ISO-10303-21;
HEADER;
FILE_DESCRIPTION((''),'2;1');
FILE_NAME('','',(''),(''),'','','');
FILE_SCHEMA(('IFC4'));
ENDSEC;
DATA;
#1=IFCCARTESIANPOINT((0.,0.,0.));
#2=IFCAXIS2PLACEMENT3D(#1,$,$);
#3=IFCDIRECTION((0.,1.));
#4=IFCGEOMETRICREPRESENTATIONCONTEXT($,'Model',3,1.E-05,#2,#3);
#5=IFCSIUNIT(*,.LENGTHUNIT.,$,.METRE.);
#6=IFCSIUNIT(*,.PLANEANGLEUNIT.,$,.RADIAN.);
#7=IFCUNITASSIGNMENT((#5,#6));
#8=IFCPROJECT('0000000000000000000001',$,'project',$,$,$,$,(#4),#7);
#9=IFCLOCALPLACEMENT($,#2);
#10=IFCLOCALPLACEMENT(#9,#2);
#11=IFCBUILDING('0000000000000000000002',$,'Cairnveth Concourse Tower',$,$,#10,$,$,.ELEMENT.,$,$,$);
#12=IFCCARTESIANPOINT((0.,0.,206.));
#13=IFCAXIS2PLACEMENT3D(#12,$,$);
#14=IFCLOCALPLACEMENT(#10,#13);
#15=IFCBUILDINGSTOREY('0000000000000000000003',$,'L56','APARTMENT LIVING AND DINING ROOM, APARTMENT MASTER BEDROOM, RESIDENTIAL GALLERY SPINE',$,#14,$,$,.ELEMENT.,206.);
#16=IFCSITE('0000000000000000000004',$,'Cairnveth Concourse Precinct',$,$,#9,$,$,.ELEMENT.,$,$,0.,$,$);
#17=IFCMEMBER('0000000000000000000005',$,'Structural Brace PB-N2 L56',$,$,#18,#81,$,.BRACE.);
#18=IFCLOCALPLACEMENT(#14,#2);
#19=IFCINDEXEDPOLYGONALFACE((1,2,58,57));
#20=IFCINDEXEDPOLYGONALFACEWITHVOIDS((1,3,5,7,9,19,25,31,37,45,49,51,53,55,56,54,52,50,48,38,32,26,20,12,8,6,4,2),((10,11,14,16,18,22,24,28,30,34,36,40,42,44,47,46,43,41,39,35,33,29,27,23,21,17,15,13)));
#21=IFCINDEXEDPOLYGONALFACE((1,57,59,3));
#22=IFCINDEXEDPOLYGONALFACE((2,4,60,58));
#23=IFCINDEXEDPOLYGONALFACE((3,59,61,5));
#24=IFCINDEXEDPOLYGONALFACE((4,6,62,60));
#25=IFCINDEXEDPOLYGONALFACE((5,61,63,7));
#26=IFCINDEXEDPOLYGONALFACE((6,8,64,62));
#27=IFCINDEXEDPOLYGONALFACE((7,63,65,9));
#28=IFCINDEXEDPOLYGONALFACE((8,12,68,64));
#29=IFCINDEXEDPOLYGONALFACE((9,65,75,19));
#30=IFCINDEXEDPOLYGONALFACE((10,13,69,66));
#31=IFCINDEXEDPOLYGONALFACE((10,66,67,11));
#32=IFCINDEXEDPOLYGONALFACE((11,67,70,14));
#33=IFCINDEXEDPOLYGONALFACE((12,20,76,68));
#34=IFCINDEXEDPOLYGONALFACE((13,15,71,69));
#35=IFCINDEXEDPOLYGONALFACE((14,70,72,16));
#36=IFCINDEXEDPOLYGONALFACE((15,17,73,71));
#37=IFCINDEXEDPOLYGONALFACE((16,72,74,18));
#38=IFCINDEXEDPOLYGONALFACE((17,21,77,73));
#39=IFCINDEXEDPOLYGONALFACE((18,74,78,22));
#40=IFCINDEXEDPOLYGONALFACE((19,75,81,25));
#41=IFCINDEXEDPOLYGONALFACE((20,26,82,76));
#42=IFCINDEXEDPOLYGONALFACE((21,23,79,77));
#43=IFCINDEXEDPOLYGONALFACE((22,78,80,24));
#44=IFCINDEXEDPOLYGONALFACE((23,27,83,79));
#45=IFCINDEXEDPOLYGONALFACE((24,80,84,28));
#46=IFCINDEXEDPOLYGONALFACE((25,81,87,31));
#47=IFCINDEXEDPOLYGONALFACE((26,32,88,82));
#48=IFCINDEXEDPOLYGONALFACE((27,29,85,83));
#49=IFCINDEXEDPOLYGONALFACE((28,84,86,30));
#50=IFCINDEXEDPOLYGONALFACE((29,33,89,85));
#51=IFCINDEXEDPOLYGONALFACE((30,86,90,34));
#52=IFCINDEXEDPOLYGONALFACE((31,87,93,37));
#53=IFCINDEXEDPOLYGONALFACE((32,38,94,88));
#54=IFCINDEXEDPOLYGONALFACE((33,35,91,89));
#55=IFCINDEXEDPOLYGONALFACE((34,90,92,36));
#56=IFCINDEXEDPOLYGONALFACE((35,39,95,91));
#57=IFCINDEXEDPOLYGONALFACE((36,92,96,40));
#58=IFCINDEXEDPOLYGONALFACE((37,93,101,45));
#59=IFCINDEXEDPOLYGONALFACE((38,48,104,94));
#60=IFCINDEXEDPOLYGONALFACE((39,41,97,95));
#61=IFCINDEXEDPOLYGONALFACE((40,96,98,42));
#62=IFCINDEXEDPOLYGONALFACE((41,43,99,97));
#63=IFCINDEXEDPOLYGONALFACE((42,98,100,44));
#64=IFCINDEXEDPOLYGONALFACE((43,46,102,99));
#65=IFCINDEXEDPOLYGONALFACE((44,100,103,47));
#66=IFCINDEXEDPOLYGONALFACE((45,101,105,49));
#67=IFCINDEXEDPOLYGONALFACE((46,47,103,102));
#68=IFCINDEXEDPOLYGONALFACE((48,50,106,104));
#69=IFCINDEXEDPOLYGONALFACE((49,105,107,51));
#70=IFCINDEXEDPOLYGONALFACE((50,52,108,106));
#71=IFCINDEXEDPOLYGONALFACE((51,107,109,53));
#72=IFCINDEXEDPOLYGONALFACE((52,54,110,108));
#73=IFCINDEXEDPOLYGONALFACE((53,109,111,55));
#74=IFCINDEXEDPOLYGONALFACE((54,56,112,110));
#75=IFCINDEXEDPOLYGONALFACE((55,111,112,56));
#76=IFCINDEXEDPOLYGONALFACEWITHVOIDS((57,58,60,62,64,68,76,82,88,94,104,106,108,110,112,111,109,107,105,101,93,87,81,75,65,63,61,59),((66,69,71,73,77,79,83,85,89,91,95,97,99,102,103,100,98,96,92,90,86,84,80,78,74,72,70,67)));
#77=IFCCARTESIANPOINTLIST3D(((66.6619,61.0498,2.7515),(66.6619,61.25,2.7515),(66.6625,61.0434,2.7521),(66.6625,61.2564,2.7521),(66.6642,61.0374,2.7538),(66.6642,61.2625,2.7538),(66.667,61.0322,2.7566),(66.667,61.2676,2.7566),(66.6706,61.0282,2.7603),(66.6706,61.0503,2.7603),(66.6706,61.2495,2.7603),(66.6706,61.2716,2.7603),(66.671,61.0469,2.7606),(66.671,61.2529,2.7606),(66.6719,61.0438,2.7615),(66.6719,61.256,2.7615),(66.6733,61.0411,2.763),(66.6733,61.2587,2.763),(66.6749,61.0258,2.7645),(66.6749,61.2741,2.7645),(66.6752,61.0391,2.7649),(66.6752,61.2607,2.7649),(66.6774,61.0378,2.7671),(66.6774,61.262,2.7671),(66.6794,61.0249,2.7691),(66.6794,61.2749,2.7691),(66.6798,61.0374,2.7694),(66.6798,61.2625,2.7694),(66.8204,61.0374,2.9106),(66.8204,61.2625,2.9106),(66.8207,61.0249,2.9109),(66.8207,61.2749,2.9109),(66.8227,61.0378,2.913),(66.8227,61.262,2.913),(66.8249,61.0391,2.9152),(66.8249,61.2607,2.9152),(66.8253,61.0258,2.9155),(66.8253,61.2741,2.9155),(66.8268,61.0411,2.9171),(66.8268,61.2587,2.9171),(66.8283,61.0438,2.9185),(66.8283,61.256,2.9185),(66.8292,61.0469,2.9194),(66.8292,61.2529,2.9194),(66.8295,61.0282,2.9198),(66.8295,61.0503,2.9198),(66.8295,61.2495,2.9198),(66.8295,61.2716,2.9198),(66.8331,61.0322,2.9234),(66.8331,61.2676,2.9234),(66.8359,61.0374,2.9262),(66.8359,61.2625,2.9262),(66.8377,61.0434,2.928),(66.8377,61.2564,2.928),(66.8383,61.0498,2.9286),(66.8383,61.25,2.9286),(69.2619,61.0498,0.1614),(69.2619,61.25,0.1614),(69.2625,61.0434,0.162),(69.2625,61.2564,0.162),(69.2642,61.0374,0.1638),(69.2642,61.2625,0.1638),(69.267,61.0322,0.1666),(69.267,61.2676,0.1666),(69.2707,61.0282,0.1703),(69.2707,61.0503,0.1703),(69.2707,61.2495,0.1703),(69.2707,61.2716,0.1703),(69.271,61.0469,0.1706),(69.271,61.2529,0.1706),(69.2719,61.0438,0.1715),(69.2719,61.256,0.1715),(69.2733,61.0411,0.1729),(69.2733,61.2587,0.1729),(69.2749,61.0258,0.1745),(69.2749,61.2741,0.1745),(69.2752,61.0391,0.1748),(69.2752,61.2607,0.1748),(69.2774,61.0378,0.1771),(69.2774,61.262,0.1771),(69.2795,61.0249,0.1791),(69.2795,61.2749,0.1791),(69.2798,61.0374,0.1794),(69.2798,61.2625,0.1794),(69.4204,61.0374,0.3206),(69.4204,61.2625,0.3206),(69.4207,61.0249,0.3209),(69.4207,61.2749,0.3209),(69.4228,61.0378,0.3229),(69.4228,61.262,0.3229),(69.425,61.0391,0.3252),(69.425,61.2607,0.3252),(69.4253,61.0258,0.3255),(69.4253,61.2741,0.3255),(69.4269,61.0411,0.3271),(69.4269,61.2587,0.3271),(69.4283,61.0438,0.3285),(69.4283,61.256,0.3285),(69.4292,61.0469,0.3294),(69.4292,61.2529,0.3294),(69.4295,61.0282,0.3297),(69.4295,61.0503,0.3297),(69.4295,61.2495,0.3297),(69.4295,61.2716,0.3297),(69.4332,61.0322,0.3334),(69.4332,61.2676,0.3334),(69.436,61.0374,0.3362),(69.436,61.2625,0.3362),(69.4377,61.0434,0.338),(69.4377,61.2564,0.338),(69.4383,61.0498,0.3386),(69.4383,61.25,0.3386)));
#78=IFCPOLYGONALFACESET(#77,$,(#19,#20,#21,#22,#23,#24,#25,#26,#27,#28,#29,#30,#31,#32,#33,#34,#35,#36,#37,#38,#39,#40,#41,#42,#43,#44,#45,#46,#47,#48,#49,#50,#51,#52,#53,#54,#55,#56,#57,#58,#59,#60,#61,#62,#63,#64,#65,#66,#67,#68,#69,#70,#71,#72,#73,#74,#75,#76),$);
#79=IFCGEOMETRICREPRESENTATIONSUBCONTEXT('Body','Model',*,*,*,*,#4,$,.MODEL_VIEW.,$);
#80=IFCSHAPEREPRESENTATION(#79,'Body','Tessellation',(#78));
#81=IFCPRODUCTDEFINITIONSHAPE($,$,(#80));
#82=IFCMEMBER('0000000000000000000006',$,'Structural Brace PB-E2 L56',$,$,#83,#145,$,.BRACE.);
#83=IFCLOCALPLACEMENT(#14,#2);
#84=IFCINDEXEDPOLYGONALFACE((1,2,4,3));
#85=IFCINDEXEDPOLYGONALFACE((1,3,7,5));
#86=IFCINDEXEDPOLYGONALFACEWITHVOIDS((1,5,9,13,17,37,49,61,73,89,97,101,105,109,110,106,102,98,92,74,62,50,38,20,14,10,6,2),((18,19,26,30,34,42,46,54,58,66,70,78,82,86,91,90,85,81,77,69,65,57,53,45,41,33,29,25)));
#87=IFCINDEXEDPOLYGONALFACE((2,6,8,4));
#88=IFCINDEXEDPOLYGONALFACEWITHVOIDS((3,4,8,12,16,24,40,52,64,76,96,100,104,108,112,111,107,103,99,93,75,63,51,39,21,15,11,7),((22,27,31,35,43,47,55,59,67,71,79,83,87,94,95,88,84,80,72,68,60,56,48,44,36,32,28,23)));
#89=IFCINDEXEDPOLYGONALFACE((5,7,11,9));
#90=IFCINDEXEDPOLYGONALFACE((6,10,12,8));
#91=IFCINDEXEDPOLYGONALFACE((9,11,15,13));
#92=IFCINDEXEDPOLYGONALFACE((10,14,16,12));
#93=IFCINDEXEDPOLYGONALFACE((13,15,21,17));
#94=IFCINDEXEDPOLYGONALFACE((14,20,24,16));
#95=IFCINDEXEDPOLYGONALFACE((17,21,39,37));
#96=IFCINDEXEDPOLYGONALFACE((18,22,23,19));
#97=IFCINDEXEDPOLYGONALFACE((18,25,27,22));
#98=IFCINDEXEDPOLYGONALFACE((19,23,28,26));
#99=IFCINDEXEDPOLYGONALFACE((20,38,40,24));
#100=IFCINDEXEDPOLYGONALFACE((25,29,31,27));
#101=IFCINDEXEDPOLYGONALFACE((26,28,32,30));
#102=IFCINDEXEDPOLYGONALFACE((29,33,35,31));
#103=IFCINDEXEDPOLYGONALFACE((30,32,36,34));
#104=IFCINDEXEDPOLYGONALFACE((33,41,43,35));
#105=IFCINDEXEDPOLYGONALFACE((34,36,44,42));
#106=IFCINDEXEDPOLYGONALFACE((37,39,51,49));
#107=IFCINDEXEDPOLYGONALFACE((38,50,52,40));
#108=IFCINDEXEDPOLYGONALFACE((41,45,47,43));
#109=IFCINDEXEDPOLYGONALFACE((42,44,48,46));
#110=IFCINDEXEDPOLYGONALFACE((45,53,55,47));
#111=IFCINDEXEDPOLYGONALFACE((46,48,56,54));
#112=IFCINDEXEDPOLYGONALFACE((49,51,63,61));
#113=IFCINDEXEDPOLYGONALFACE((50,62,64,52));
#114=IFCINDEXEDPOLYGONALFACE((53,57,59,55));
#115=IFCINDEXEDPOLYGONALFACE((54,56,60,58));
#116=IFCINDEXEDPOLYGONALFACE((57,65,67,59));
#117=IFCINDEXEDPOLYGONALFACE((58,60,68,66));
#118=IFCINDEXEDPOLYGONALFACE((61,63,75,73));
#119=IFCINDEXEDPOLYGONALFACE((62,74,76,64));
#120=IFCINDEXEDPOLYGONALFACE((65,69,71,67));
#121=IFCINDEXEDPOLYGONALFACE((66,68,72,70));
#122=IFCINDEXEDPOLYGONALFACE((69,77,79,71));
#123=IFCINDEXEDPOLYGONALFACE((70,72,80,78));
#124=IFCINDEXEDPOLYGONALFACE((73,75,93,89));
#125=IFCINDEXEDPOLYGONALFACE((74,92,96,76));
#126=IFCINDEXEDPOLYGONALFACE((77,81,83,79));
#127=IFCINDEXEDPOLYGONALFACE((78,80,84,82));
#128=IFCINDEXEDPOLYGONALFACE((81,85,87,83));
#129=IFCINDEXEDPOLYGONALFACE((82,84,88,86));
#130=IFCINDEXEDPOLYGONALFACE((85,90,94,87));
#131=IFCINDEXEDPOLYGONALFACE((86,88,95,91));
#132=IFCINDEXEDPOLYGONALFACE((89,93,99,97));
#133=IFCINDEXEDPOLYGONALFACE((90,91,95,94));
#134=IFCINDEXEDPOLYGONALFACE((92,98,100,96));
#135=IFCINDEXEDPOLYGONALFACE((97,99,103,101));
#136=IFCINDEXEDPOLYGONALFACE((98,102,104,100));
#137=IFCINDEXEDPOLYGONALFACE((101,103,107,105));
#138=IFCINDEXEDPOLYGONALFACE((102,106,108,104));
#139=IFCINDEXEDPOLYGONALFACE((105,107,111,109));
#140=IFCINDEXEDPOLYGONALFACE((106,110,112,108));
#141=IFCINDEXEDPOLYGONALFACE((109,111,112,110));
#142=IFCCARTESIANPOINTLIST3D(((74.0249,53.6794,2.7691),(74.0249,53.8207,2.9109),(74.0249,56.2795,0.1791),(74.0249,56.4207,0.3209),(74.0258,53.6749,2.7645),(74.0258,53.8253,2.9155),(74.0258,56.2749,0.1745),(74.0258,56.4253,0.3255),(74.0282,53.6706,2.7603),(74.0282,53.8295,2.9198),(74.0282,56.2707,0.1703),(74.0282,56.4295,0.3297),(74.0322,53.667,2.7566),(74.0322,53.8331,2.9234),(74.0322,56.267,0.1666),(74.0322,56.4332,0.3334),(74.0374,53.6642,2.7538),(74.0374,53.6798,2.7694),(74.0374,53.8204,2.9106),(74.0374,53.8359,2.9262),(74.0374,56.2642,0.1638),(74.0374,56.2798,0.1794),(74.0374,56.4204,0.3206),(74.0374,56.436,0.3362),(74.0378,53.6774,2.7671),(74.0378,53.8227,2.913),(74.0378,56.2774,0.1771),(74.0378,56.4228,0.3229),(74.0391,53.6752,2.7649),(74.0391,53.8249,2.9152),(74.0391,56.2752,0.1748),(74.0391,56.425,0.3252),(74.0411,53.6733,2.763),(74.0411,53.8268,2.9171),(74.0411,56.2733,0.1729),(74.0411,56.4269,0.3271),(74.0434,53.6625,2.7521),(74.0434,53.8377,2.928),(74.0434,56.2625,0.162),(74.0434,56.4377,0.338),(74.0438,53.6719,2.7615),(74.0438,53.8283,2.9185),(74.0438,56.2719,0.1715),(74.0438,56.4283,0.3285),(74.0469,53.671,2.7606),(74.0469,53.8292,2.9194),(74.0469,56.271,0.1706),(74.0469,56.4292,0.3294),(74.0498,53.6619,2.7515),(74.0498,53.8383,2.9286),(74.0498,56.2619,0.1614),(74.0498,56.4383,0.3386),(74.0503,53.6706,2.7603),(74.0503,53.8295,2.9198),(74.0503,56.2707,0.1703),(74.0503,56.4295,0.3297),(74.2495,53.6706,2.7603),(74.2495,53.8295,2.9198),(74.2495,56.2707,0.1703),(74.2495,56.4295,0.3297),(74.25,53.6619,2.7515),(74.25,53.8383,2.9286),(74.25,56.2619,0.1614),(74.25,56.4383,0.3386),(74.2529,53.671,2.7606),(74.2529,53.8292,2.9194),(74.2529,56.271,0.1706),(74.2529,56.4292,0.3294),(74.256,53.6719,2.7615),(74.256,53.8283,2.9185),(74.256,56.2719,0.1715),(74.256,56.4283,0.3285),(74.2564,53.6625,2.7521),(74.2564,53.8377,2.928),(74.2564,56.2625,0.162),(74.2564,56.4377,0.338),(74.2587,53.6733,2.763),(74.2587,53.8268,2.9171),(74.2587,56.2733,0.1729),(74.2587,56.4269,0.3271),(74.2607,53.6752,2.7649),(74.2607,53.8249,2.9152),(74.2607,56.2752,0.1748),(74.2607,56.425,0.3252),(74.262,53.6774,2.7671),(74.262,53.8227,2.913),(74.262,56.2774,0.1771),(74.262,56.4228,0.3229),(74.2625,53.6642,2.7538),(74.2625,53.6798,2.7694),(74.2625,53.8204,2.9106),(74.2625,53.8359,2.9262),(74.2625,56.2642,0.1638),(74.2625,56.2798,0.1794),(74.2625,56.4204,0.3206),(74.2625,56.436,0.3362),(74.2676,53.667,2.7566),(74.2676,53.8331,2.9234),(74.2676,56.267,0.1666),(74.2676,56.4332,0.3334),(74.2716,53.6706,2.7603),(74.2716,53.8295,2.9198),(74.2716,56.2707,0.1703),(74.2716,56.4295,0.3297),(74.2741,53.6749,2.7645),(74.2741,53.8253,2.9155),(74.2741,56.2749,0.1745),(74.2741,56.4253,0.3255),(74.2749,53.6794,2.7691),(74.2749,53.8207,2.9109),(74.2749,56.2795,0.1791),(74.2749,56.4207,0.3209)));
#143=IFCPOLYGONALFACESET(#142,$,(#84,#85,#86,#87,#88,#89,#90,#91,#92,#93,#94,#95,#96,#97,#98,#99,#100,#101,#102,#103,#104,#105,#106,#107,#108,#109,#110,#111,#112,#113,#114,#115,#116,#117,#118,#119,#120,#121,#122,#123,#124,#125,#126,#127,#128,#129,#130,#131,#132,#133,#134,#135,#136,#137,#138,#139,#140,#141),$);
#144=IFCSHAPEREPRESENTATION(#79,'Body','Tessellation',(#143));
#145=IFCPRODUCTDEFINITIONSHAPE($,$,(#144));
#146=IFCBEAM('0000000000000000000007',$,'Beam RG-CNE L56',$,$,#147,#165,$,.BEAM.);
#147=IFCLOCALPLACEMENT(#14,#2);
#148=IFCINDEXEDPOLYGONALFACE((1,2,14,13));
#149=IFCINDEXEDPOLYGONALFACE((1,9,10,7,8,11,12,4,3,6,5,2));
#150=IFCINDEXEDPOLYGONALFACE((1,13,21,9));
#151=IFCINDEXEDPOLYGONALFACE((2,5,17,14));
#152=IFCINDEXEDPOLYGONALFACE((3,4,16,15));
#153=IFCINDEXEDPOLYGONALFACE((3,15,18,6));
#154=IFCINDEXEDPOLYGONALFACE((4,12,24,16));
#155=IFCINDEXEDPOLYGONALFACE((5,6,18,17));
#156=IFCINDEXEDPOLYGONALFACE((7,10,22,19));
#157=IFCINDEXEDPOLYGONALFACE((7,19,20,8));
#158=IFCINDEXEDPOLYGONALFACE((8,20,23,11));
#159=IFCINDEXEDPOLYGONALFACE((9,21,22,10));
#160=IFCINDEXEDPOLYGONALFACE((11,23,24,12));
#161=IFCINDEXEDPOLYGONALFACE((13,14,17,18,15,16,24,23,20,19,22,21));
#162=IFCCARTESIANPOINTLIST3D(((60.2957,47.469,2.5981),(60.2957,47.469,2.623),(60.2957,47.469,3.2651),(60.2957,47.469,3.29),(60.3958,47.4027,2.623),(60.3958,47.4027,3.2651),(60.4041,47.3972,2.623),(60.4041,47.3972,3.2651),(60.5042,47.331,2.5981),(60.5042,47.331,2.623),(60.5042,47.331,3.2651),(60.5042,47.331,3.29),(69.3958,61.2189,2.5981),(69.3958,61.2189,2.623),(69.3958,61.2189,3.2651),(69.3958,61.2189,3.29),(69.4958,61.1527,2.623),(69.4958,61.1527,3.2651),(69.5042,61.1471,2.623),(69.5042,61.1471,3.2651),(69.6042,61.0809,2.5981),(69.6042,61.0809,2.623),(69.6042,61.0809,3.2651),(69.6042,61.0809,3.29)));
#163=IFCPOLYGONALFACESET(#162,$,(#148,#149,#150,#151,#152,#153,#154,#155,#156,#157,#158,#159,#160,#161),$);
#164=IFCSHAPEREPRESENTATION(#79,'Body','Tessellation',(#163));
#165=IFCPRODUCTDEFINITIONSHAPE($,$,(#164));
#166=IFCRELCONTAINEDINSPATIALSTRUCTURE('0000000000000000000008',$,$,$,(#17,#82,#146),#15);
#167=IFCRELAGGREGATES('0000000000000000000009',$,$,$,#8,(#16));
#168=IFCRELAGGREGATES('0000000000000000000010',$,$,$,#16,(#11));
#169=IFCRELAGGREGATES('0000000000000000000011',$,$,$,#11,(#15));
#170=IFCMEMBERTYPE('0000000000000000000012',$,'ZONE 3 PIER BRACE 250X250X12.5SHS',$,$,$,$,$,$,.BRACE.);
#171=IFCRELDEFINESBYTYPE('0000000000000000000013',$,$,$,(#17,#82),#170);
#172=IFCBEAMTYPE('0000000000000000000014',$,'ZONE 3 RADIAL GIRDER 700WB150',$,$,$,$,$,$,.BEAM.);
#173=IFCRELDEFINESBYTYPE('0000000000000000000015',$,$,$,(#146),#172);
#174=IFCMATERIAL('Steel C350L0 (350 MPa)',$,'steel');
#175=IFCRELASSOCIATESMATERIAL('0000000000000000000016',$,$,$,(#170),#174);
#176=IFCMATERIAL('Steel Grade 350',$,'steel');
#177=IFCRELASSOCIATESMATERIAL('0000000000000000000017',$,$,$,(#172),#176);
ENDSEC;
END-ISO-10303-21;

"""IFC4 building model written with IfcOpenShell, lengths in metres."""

from ifc_helpers import new_model, si_unit, direction, frame, origin, origin_2d, place, context, subcontext, project, spatial, hollow_rectangle, i_section, extrude, material, material_profile, profile_set, type_object, element, save


model = new_model("IFC4")

# Units and contexts
model_context = context("Model", 3, precision=1e-05, world=origin(), true_north=direction((0.0, 1.0)))
body_context = subcontext(model_context, "Body", "Model", "MODEL_VIEW")
ifc_project = project(units=[si_unit("LENGTHUNIT", "METRE"), si_unit("PLANEANGLEUNIT", "RADIAN")], contexts=[model_context])

# Site, building, storey
site_placement = place(None, origin())
site = spatial("IfcSite", under=ifc_project, at=site_placement, Name="Cairnveth Concourse Precinct", CompositionType="ELEMENT", RefElevation=0.0)
building_placement = place(site_placement, origin())
building = spatial("IfcBuilding", under=site, at=building_placement, Name="Cairnveth Concourse Tower", CompositionType="ELEMENT")
storey_placement = place(building_placement, frame((0.0, 0.0, 206.0)))
storey = spatial("IfcBuildingStorey", under=building, at=storey_placement, Name="L56", Description="APARTMENT LIVING AND DINING ROOM, APARTMENT MASTER BEDROOM, RESIDENTIAL GALLERY SPINE", CompositionType="ELEMENT", Elevation=206.0)

# Shared definitions
ifc_material_1 = material(Name="Steel Grade 350", Category="steel")

# Members
ifc_material_2 = material(Name="Steel C350L0 (350 MPa)", Category="steel")
ifc_material_profile_1 = material_profile(ifc_material_2, hollow_rectangle(XDim=0.25, YDim=0.25, WallThickness=0.0125, InnerFilletRadius=0.0129, OuterFilletRadius=0.0249, at=origin_2d()), Name="250x250x12.5SHS")
ifc_profile_set_1 = profile_set([ifc_material_profile_1], Name="Steel C350L0 (350 MPa)")
member_type = type_object("IfcMemberType", Name="ZONE 3 PIER BRACE 250X250X12.5SHS", PredefinedType="BRACE", material=ifc_profile_set_1)
for number, where, z_axis, x_axis, name in (
    (1, (69.3501, 61.1499, 0.25), (-0.708469, 0.0, 0.705742), (0.0, -1.0, 0.0), "Structural Brace PB-N2 L56"),
    (2, (74.1499, 56.3501, 0.25), (0.0, -0.708469, 0.705742), (1.0, 0.0, 0.0), "Structural Brace PB-E2 L56"),
):
    element("IfcMember", number, at=place(storey_placement, frame(where, z_axis=z_axis, x_axis=x_axis)), inside=storey, type_object=member_type, Name=name, PredefinedType="BRACE", context=body_context, shape_type="SweptSolid", body=[
        extrude(hollow_rectangle(XDim=0.25, YDim=0.25, WallThickness=0.0125, InnerFilletRadius=0.0129, OuterFilletRadius=0.0249, at=origin_2d()), origin(), (0.0, 0.0, 1.0), 3.6699),
    ])

# Beam
ifc_material_profile_2 = material_profile(ifc_material_1, i_section(OverallWidth=0.25, OverallDepth=0.6919, WebThickness=0.01, FlangeThickness=0.0249, at=origin_2d()), Name="700WB150")
ifc_profile_set_2 = profile_set([ifc_material_profile_2], Name="Steel Grade 350")
beam_type_1 = type_object("IfcBeamType", Name="ZONE 3 RADIAL GIRDER 700WB150", PredefinedType="BEAM", material=ifc_profile_set_2)
beam_1_placement = place(storey_placement, frame((69.5, 61.1499, 2.9441), z_axis=(-0.551902, -0.833909, 0.0), x_axis=(0.833909, -0.551902, 0.0)))
element("IfcBeam", 3, at=beam_1_placement, inside=storey, type_object=beam_type_1, Name="Beam RG-CNE L56", PredefinedType="BEAM", context=body_context, shape_type="SweptSolid", body=[
    extrude(i_section(OverallWidth=0.25, OverallDepth=0.6919, WebThickness=0.01, FlangeThickness=0.0249, at=origin_2d()), origin(), (0.0, 0.0, 1.0), 16.4885),
])

save(model, "model.ifc")
